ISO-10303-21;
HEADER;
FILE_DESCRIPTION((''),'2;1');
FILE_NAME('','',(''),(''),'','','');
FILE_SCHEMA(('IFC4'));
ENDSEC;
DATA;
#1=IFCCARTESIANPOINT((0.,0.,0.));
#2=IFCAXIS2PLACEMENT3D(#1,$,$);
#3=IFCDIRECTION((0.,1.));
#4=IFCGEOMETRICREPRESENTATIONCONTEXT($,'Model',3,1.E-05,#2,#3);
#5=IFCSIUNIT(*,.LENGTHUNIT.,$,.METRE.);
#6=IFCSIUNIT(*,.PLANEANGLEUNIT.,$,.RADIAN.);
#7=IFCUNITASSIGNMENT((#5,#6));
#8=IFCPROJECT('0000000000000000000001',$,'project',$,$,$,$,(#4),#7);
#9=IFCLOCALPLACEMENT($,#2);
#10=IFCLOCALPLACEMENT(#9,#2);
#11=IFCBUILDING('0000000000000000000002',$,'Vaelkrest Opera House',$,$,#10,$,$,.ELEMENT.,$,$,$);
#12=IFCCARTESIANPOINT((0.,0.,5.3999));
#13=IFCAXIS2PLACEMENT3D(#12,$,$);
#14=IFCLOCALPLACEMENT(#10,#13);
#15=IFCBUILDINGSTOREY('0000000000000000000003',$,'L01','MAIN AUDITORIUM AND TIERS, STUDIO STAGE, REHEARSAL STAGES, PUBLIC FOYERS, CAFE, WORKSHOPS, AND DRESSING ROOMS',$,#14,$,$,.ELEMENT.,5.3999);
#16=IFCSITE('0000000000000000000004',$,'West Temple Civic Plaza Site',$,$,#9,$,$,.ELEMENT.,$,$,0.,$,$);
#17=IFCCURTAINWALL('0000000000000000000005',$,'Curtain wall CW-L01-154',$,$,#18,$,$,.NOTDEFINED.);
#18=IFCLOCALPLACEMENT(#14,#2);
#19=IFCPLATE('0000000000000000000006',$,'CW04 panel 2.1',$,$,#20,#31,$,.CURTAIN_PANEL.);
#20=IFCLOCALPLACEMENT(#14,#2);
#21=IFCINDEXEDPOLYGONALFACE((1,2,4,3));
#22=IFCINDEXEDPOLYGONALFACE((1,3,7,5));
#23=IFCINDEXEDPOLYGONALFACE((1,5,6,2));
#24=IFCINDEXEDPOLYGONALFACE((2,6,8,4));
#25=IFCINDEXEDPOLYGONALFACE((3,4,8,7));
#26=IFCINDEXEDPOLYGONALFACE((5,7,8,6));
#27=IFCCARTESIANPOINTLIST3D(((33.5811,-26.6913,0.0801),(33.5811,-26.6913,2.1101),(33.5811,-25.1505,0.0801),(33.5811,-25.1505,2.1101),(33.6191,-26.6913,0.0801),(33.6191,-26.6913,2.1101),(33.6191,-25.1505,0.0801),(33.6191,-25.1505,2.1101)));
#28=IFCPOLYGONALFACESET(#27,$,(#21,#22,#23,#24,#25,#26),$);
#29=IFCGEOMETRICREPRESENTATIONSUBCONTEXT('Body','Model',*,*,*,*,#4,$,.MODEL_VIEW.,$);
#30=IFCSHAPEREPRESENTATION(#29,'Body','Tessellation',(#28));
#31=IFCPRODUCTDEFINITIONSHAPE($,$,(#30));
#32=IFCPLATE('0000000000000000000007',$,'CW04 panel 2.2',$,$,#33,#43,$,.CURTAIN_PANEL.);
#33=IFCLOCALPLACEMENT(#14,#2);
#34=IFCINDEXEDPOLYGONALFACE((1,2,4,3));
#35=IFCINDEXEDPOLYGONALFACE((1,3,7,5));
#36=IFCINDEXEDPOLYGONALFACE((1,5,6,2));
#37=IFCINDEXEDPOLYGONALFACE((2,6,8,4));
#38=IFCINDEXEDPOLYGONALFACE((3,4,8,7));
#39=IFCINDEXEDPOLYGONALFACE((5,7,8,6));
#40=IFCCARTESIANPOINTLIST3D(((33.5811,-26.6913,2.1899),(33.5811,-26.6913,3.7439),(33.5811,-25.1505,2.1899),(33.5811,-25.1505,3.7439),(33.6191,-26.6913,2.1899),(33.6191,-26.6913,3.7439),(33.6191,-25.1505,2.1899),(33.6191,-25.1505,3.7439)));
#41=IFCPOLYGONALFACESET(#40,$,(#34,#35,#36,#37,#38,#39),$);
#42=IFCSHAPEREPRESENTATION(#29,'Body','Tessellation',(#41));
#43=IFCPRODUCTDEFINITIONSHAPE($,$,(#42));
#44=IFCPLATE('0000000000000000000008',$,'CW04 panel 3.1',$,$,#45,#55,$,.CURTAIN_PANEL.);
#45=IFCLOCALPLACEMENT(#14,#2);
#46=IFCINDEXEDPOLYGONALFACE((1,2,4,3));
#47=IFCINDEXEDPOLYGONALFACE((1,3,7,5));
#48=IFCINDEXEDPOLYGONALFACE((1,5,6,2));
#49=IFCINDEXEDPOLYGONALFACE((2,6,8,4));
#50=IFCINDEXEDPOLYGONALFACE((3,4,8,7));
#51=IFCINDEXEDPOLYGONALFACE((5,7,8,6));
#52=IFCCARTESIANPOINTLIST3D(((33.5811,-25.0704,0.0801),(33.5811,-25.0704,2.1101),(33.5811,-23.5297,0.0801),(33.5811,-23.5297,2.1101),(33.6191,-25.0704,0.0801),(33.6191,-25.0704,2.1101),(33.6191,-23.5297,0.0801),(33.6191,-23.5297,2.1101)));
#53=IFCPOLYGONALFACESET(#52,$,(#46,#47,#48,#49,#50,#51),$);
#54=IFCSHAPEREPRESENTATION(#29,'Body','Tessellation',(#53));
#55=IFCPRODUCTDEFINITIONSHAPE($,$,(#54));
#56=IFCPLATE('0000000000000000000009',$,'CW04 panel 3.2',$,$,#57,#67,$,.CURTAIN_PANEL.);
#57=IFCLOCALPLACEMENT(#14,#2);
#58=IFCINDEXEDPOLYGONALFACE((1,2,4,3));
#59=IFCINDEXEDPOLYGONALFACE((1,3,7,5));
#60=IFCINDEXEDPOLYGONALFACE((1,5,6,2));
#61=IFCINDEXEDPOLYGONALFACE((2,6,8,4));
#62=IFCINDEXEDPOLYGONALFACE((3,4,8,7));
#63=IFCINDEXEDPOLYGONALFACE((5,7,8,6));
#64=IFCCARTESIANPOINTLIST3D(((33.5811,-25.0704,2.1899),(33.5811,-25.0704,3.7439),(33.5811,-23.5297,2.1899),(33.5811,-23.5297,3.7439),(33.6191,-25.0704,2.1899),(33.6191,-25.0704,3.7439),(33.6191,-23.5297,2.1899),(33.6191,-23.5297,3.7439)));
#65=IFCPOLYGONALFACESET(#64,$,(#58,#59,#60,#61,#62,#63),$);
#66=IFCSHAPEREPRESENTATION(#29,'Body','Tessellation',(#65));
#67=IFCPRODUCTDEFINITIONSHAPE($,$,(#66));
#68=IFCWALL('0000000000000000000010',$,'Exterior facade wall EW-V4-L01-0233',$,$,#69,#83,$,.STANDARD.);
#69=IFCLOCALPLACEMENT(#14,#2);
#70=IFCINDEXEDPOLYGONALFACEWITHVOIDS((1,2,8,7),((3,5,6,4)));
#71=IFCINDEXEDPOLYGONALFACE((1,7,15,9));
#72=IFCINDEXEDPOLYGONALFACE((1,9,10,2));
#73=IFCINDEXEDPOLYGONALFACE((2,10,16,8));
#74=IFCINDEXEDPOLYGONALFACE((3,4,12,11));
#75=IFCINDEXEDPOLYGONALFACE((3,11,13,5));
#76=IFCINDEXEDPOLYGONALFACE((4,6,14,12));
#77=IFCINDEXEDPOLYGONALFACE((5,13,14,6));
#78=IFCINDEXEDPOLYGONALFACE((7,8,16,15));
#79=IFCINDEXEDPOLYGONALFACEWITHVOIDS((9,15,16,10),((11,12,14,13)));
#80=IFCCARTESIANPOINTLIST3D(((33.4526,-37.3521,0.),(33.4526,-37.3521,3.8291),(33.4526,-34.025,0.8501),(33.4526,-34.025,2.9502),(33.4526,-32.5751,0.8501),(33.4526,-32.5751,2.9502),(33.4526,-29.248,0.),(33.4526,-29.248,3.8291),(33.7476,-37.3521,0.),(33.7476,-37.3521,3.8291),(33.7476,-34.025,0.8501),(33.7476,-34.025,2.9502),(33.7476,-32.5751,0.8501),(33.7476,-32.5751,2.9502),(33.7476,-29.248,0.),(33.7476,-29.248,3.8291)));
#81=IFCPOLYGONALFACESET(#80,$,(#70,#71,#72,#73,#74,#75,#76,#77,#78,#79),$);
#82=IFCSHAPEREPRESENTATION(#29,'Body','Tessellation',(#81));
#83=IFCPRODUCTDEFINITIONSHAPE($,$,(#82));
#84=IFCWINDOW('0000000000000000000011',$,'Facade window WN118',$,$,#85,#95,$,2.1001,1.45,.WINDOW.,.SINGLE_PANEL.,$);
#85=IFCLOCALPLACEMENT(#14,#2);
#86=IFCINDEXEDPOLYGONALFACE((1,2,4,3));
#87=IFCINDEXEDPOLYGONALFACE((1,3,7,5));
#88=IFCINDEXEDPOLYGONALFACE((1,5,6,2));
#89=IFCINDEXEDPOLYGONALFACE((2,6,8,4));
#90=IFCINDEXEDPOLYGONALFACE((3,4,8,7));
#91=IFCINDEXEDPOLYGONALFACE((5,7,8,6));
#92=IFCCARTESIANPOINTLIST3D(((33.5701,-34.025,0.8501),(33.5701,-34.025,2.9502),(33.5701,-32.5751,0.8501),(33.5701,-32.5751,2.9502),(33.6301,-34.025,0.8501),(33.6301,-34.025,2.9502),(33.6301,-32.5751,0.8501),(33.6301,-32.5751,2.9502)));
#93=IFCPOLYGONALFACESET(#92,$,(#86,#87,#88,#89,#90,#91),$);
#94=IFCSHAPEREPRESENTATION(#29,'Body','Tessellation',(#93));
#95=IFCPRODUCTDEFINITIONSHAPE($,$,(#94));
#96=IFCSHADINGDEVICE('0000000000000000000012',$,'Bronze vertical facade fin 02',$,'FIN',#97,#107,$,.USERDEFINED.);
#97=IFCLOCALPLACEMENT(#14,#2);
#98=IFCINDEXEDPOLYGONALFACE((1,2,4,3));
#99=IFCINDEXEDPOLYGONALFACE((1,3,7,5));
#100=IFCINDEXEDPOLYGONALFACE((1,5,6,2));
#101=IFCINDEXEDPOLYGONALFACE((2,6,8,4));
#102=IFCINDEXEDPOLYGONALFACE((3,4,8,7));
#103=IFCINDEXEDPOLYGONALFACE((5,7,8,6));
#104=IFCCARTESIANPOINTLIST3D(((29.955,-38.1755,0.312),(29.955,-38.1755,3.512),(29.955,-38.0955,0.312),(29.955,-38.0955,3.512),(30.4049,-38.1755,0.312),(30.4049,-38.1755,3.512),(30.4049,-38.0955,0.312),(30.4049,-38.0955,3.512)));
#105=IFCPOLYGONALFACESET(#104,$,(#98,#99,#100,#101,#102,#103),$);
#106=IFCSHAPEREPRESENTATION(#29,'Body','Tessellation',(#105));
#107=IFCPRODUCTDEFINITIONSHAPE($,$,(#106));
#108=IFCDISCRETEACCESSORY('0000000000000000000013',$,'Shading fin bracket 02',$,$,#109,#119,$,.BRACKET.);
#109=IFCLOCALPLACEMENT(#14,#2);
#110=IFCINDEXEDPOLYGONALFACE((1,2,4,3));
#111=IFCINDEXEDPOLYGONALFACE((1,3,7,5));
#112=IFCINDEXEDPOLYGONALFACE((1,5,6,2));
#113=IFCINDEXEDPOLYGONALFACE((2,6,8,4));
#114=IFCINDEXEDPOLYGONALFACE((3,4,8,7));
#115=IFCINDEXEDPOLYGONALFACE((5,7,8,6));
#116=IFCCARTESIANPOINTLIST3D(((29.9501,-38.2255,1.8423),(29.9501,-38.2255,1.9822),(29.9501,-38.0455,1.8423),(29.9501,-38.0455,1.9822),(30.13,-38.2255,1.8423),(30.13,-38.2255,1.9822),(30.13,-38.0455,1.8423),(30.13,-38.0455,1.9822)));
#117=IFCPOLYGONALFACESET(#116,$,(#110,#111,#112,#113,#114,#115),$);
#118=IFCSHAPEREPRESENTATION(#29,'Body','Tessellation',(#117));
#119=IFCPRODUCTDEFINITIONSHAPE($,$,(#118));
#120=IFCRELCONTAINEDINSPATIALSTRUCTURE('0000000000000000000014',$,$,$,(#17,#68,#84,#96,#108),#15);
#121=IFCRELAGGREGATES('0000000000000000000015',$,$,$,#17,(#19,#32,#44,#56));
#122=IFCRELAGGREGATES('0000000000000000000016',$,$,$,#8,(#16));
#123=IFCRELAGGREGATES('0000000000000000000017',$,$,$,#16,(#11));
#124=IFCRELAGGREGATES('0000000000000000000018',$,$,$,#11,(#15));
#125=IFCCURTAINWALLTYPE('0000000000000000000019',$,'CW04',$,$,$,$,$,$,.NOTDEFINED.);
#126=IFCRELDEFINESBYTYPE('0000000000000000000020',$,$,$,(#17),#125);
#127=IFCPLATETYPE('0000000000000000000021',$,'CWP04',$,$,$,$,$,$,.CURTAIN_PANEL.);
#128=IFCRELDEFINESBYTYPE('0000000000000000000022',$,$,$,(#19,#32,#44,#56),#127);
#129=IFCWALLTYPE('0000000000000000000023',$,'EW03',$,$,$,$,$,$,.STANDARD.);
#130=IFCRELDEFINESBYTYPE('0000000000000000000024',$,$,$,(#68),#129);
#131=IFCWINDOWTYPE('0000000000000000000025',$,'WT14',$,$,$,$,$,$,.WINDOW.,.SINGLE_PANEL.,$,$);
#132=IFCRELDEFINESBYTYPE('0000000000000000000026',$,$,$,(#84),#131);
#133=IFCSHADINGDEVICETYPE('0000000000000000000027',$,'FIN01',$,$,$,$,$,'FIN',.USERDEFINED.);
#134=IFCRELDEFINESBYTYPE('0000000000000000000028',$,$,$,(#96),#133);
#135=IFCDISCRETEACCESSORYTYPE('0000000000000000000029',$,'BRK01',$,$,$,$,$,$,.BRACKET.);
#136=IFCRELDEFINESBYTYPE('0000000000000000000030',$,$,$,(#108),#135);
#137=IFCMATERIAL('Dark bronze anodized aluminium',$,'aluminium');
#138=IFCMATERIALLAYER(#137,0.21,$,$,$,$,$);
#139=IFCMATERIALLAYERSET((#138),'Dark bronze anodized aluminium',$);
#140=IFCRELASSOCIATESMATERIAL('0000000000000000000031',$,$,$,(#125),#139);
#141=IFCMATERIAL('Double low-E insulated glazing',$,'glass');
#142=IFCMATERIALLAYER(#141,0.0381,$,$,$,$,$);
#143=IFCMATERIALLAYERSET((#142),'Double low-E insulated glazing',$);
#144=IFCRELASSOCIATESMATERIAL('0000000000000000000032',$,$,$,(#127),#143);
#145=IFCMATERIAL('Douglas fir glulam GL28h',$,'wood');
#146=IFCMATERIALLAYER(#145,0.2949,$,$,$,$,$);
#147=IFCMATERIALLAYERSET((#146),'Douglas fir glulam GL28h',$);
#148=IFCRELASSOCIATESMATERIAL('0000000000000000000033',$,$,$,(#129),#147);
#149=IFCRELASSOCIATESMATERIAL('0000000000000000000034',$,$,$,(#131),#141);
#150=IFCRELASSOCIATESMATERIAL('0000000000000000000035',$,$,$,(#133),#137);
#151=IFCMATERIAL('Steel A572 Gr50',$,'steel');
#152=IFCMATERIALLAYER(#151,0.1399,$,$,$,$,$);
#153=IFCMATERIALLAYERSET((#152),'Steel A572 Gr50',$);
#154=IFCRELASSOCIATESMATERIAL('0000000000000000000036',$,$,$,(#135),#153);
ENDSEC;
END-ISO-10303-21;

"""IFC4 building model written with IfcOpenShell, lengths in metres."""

from ifc_helpers import new_model, si_unit, direction, frame, frame_2d, origin, origin_2d, place, context, subcontext, project, spatial, rectangle, extrude, material, layer, layer_set, type_object, element, fill, aggregate, save


model = new_model("IFC4")

# Units and contexts
model_context = context("Model", 3, precision=1e-05, world=origin(), true_north=direction((0.0, 1.0)))
body_context = subcontext(model_context, "Body", "Model", "MODEL_VIEW")
ifc_project = project(units=[si_unit("LENGTHUNIT", "METRE"), si_unit("PLANEANGLEUNIT", "RADIAN")], contexts=[model_context])

# Site, building, storey
site_placement = place(None, origin())
site = spatial("IfcSite", under=ifc_project, at=site_placement, Name="West Temple Civic Plaza Site", CompositionType="ELEMENT", RefElevation=0.0)
building_placement = place(site_placement, origin())
building = spatial("IfcBuilding", under=site, at=building_placement, Name="Vaelkrest Opera House", CompositionType="ELEMENT")
storey_placement = place(building_placement, frame((0.0, 0.0, 5.3999)))
storey = spatial("IfcBuildingStorey", under=building, at=storey_placement, Name="L01", Description="MAIN AUDITORIUM AND TIERS, STUDIO STAGE, REHEARSAL STAGES, PUBLIC FOYERS, CAFE, WORKSHOPS, AND DRESSING ROOMS", CompositionType="ELEMENT", Elevation=5.3999)

# Curtain wall
ifc_material_1 = material(Name="Dark bronze anodized aluminium", Category="aluminium")
ifc_layer_1 = layer(ifc_material_1, 0.21)
ifc_layer_set_1 = layer_set([ifc_layer_1], Name="Dark bronze anodized aluminium")
curtain_wall_type = type_object("IfcCurtainWallType", Name="CW04", PredefinedType="NOTDEFINED", material=ifc_layer_set_1)
curtain_wall_placement = place(storey_placement, origin())
curtain_wall = element("IfcCurtainWall", 1, at=curtain_wall_placement, inside=storey, type_object=curtain_wall_type, Name="Curtain wall CW-L01-154", PredefinedType="NOTDEFINED")

# Plates
ifc_material_2 = material(Name="Double low-E insulated glazing", Category="glass")
ifc_layer_2 = layer(ifc_material_2, 0.0381)
ifc_layer_set_2 = layer_set([ifc_layer_2], Name="Double low-E insulated glazing")
plate_type = type_object("IfcPlateType", Name="CWP04", PredefinedType="CURTAIN_PANEL", material=ifc_layer_set_2)
plate_1_placement = place(storey_placement, frame((33.6001, -25.9209, 0.0801), z_axis=(0.0, 0.0, 1.0), x_axis=(0.0, 1.0, 0.0)))
plate_1 = element("IfcPlate", 2, at=plate_1_placement, type_object=plate_type, Name="CW04 panel 2.1", PredefinedType="CURTAIN_PANEL", context=body_context, shape_type="SweptSolid", body=[
    extrude(rectangle(XDim=1.5408, YDim=0.0381, at=origin_2d()), origin(), (0.0, 0.0, 1.0), 2.03),
])
plate_2_placement = place(storey_placement, frame((33.6001, -25.9209, 2.1899), z_axis=(0.0, 0.0, 1.0), x_axis=(0.0, 1.0, 0.0)))
plate_2 = element("IfcPlate", 3, at=plate_2_placement, type_object=plate_type, Name="CW04 panel 2.2", PredefinedType="CURTAIN_PANEL", context=body_context, shape_type="SweptSolid", body=[
    extrude(rectangle(XDim=1.5408, YDim=0.0381, at=origin_2d()), origin(), (0.0, 0.0, 1.0), 1.554),
])
plate_3_placement = place(storey_placement, frame((33.6001, -24.3, 0.0801), z_axis=(0.0, 0.0, 1.0), x_axis=(0.0, 1.0, 0.0)))
plate_3 = element("IfcPlate", 4, at=plate_3_placement, type_object=plate_type, Name="CW04 panel 3.1", PredefinedType="CURTAIN_PANEL", context=body_context, shape_type="SweptSolid", body=[
    extrude(rectangle(XDim=1.5408, YDim=0.0381, at=origin_2d()), origin(), (0.0, 0.0, 1.0), 2.03),
])
plate_4_placement = place(storey_placement, frame((33.6001, -24.3, 2.1899), z_axis=(0.0, 0.0, 1.0), x_axis=(0.0, 1.0, 0.0)))
plate_4 = element("IfcPlate", 5, at=plate_4_placement, type_object=plate_type, Name="CW04 panel 3.2", PredefinedType="CURTAIN_PANEL", context=body_context, shape_type="SweptSolid", body=[
    extrude(rectangle(XDim=1.5408, YDim=0.0381, at=origin_2d()), origin(), (0.0, 0.0, 1.0), 1.554),
])
aggregate(curtain_wall, [plate_1, plate_2, plate_3, plate_4])

# Wall, opening, window
ifc_material_3 = material(Name="Douglas fir glulam GL28h", Category="wood")
ifc_layer_3 = layer(ifc_material_3, 0.2949)
ifc_layer_set_3 = layer_set([ifc_layer_3], Name="Douglas fir glulam GL28h")
wall_type = type_object("IfcWallType", Name="EW03", PredefinedType="STANDARD", material=ifc_layer_set_3)
wall_placement = place(storey_placement, frame((33.6001, -37.3521, 0.0), z_axis=(0.0, 0.0, 1.0), x_axis=(0.0, 1.0, 0.0)))
wall = element("IfcWall", 6, at=wall_placement, inside=storey, type_object=wall_type, Name="Exterior facade wall EW-V4-L01-0233", PredefinedType="STANDARD", context=body_context, shape_type="SweptSolid", body=[
    extrude(rectangle(XDim=8.104, YDim=0.2949, at=frame_2d((4.052, 0.0))), origin(), (0.0, 0.0, 1.0), 3.8291),
])
opening_placement = place(wall_placement, frame((3.3269, 0.0, 0.8501)))
opening = element("IfcOpeningElement", 7, at=opening_placement, cuts=wall, PredefinedType="OPENING", context=body_context, shape_type="SweptSolid", body=[
    extrude(rectangle(XDim=1.45, YDim=2.1001, at=frame_2d((0.7251, 1.05))), frame((0.0, 0.1575, 0.0), z_axis=(0.0, -1.0, 0.0), x_axis=(1.0, 0.0, 0.0)), (0.0, 0.0, 1.0), 0.3149),
])
window_type = type_object("IfcWindowType", Name="WT14", PartitioningType="SINGLE_PANEL", PredefinedType="WINDOW", material=ifc_material_2)
window_placement = place(opening_placement, origin())
window = element("IfcWindow", 8, at=window_placement, inside=storey, type_object=window_type, Name="Facade window WN118", OverallHeight=2.1001, OverallWidth=1.45, PartitioningType="SINGLE_PANEL", PredefinedType="WINDOW", context=body_context, shape_type="SweptSolid", body=[
    extrude(rectangle(XDim=1.45, YDim=2.1001, at=frame_2d((0.7251, 1.05))), frame((0.0, 0.03, 0.0), z_axis=(0.0, -1.0, 0.0), x_axis=(1.0, 0.0, 0.0)), (0.0, 0.0, 1.0), 0.0601),
])
fill(opening, window)

# Shading device
shading_device_type = type_object("IfcShadingDeviceType", Name="FIN01", ElementType="FIN", PredefinedType="USERDEFINED", material=ifc_material_1)
shading_device_placement = place(storey_placement, frame((30.1799, -38.1355, 0.312), z_axis=(0.0, 0.0, 1.0), x_axis=(1.0, 0.0, 0.0)))
element("IfcShadingDevice", 9, at=shading_device_placement, inside=storey, type_object=shading_device_type, Name="Bronze vertical facade fin 02", ObjectType="FIN", PredefinedType="USERDEFINED", context=body_context, shape_type="SweptSolid", body=[
    extrude(rectangle(XDim=0.45, YDim=0.0801, at=origin_2d()), origin(), (0.0, 0.0, 1.0), 3.2),
])

# Discrete accessory
ifc_material_4 = material(Name="Steel A572 Gr50", Category="steel")
ifc_layer_4 = layer(ifc_material_4, 0.1399)
ifc_layer_set_4 = layer_set([ifc_layer_4], Name="Steel A572 Gr50")
discrete_accessory_type = type_object("IfcDiscreteAccessoryType", Name="BRK01", PredefinedType="BRACKET", material=ifc_layer_set_4)
discrete_accessory_placement = place(storey_placement, frame((30.04, -38.1355, 1.8423), z_axis=(0.0, 0.0, 1.0), x_axis=(1.0, 0.0, 0.0)))
element("IfcDiscreteAccessory", 10, at=discrete_accessory_placement, inside=storey, type_object=discrete_accessory_type, Name="Shading fin bracket 02", PredefinedType="BRACKET", context=body_context, shape_type="SweptSolid", body=[
    extrude(rectangle(XDim=0.1799, YDim=0.1799, at=origin_2d()), origin(), (0.0, 0.0, 1.0), 0.1399),
])

save(model, "model.ifc")
